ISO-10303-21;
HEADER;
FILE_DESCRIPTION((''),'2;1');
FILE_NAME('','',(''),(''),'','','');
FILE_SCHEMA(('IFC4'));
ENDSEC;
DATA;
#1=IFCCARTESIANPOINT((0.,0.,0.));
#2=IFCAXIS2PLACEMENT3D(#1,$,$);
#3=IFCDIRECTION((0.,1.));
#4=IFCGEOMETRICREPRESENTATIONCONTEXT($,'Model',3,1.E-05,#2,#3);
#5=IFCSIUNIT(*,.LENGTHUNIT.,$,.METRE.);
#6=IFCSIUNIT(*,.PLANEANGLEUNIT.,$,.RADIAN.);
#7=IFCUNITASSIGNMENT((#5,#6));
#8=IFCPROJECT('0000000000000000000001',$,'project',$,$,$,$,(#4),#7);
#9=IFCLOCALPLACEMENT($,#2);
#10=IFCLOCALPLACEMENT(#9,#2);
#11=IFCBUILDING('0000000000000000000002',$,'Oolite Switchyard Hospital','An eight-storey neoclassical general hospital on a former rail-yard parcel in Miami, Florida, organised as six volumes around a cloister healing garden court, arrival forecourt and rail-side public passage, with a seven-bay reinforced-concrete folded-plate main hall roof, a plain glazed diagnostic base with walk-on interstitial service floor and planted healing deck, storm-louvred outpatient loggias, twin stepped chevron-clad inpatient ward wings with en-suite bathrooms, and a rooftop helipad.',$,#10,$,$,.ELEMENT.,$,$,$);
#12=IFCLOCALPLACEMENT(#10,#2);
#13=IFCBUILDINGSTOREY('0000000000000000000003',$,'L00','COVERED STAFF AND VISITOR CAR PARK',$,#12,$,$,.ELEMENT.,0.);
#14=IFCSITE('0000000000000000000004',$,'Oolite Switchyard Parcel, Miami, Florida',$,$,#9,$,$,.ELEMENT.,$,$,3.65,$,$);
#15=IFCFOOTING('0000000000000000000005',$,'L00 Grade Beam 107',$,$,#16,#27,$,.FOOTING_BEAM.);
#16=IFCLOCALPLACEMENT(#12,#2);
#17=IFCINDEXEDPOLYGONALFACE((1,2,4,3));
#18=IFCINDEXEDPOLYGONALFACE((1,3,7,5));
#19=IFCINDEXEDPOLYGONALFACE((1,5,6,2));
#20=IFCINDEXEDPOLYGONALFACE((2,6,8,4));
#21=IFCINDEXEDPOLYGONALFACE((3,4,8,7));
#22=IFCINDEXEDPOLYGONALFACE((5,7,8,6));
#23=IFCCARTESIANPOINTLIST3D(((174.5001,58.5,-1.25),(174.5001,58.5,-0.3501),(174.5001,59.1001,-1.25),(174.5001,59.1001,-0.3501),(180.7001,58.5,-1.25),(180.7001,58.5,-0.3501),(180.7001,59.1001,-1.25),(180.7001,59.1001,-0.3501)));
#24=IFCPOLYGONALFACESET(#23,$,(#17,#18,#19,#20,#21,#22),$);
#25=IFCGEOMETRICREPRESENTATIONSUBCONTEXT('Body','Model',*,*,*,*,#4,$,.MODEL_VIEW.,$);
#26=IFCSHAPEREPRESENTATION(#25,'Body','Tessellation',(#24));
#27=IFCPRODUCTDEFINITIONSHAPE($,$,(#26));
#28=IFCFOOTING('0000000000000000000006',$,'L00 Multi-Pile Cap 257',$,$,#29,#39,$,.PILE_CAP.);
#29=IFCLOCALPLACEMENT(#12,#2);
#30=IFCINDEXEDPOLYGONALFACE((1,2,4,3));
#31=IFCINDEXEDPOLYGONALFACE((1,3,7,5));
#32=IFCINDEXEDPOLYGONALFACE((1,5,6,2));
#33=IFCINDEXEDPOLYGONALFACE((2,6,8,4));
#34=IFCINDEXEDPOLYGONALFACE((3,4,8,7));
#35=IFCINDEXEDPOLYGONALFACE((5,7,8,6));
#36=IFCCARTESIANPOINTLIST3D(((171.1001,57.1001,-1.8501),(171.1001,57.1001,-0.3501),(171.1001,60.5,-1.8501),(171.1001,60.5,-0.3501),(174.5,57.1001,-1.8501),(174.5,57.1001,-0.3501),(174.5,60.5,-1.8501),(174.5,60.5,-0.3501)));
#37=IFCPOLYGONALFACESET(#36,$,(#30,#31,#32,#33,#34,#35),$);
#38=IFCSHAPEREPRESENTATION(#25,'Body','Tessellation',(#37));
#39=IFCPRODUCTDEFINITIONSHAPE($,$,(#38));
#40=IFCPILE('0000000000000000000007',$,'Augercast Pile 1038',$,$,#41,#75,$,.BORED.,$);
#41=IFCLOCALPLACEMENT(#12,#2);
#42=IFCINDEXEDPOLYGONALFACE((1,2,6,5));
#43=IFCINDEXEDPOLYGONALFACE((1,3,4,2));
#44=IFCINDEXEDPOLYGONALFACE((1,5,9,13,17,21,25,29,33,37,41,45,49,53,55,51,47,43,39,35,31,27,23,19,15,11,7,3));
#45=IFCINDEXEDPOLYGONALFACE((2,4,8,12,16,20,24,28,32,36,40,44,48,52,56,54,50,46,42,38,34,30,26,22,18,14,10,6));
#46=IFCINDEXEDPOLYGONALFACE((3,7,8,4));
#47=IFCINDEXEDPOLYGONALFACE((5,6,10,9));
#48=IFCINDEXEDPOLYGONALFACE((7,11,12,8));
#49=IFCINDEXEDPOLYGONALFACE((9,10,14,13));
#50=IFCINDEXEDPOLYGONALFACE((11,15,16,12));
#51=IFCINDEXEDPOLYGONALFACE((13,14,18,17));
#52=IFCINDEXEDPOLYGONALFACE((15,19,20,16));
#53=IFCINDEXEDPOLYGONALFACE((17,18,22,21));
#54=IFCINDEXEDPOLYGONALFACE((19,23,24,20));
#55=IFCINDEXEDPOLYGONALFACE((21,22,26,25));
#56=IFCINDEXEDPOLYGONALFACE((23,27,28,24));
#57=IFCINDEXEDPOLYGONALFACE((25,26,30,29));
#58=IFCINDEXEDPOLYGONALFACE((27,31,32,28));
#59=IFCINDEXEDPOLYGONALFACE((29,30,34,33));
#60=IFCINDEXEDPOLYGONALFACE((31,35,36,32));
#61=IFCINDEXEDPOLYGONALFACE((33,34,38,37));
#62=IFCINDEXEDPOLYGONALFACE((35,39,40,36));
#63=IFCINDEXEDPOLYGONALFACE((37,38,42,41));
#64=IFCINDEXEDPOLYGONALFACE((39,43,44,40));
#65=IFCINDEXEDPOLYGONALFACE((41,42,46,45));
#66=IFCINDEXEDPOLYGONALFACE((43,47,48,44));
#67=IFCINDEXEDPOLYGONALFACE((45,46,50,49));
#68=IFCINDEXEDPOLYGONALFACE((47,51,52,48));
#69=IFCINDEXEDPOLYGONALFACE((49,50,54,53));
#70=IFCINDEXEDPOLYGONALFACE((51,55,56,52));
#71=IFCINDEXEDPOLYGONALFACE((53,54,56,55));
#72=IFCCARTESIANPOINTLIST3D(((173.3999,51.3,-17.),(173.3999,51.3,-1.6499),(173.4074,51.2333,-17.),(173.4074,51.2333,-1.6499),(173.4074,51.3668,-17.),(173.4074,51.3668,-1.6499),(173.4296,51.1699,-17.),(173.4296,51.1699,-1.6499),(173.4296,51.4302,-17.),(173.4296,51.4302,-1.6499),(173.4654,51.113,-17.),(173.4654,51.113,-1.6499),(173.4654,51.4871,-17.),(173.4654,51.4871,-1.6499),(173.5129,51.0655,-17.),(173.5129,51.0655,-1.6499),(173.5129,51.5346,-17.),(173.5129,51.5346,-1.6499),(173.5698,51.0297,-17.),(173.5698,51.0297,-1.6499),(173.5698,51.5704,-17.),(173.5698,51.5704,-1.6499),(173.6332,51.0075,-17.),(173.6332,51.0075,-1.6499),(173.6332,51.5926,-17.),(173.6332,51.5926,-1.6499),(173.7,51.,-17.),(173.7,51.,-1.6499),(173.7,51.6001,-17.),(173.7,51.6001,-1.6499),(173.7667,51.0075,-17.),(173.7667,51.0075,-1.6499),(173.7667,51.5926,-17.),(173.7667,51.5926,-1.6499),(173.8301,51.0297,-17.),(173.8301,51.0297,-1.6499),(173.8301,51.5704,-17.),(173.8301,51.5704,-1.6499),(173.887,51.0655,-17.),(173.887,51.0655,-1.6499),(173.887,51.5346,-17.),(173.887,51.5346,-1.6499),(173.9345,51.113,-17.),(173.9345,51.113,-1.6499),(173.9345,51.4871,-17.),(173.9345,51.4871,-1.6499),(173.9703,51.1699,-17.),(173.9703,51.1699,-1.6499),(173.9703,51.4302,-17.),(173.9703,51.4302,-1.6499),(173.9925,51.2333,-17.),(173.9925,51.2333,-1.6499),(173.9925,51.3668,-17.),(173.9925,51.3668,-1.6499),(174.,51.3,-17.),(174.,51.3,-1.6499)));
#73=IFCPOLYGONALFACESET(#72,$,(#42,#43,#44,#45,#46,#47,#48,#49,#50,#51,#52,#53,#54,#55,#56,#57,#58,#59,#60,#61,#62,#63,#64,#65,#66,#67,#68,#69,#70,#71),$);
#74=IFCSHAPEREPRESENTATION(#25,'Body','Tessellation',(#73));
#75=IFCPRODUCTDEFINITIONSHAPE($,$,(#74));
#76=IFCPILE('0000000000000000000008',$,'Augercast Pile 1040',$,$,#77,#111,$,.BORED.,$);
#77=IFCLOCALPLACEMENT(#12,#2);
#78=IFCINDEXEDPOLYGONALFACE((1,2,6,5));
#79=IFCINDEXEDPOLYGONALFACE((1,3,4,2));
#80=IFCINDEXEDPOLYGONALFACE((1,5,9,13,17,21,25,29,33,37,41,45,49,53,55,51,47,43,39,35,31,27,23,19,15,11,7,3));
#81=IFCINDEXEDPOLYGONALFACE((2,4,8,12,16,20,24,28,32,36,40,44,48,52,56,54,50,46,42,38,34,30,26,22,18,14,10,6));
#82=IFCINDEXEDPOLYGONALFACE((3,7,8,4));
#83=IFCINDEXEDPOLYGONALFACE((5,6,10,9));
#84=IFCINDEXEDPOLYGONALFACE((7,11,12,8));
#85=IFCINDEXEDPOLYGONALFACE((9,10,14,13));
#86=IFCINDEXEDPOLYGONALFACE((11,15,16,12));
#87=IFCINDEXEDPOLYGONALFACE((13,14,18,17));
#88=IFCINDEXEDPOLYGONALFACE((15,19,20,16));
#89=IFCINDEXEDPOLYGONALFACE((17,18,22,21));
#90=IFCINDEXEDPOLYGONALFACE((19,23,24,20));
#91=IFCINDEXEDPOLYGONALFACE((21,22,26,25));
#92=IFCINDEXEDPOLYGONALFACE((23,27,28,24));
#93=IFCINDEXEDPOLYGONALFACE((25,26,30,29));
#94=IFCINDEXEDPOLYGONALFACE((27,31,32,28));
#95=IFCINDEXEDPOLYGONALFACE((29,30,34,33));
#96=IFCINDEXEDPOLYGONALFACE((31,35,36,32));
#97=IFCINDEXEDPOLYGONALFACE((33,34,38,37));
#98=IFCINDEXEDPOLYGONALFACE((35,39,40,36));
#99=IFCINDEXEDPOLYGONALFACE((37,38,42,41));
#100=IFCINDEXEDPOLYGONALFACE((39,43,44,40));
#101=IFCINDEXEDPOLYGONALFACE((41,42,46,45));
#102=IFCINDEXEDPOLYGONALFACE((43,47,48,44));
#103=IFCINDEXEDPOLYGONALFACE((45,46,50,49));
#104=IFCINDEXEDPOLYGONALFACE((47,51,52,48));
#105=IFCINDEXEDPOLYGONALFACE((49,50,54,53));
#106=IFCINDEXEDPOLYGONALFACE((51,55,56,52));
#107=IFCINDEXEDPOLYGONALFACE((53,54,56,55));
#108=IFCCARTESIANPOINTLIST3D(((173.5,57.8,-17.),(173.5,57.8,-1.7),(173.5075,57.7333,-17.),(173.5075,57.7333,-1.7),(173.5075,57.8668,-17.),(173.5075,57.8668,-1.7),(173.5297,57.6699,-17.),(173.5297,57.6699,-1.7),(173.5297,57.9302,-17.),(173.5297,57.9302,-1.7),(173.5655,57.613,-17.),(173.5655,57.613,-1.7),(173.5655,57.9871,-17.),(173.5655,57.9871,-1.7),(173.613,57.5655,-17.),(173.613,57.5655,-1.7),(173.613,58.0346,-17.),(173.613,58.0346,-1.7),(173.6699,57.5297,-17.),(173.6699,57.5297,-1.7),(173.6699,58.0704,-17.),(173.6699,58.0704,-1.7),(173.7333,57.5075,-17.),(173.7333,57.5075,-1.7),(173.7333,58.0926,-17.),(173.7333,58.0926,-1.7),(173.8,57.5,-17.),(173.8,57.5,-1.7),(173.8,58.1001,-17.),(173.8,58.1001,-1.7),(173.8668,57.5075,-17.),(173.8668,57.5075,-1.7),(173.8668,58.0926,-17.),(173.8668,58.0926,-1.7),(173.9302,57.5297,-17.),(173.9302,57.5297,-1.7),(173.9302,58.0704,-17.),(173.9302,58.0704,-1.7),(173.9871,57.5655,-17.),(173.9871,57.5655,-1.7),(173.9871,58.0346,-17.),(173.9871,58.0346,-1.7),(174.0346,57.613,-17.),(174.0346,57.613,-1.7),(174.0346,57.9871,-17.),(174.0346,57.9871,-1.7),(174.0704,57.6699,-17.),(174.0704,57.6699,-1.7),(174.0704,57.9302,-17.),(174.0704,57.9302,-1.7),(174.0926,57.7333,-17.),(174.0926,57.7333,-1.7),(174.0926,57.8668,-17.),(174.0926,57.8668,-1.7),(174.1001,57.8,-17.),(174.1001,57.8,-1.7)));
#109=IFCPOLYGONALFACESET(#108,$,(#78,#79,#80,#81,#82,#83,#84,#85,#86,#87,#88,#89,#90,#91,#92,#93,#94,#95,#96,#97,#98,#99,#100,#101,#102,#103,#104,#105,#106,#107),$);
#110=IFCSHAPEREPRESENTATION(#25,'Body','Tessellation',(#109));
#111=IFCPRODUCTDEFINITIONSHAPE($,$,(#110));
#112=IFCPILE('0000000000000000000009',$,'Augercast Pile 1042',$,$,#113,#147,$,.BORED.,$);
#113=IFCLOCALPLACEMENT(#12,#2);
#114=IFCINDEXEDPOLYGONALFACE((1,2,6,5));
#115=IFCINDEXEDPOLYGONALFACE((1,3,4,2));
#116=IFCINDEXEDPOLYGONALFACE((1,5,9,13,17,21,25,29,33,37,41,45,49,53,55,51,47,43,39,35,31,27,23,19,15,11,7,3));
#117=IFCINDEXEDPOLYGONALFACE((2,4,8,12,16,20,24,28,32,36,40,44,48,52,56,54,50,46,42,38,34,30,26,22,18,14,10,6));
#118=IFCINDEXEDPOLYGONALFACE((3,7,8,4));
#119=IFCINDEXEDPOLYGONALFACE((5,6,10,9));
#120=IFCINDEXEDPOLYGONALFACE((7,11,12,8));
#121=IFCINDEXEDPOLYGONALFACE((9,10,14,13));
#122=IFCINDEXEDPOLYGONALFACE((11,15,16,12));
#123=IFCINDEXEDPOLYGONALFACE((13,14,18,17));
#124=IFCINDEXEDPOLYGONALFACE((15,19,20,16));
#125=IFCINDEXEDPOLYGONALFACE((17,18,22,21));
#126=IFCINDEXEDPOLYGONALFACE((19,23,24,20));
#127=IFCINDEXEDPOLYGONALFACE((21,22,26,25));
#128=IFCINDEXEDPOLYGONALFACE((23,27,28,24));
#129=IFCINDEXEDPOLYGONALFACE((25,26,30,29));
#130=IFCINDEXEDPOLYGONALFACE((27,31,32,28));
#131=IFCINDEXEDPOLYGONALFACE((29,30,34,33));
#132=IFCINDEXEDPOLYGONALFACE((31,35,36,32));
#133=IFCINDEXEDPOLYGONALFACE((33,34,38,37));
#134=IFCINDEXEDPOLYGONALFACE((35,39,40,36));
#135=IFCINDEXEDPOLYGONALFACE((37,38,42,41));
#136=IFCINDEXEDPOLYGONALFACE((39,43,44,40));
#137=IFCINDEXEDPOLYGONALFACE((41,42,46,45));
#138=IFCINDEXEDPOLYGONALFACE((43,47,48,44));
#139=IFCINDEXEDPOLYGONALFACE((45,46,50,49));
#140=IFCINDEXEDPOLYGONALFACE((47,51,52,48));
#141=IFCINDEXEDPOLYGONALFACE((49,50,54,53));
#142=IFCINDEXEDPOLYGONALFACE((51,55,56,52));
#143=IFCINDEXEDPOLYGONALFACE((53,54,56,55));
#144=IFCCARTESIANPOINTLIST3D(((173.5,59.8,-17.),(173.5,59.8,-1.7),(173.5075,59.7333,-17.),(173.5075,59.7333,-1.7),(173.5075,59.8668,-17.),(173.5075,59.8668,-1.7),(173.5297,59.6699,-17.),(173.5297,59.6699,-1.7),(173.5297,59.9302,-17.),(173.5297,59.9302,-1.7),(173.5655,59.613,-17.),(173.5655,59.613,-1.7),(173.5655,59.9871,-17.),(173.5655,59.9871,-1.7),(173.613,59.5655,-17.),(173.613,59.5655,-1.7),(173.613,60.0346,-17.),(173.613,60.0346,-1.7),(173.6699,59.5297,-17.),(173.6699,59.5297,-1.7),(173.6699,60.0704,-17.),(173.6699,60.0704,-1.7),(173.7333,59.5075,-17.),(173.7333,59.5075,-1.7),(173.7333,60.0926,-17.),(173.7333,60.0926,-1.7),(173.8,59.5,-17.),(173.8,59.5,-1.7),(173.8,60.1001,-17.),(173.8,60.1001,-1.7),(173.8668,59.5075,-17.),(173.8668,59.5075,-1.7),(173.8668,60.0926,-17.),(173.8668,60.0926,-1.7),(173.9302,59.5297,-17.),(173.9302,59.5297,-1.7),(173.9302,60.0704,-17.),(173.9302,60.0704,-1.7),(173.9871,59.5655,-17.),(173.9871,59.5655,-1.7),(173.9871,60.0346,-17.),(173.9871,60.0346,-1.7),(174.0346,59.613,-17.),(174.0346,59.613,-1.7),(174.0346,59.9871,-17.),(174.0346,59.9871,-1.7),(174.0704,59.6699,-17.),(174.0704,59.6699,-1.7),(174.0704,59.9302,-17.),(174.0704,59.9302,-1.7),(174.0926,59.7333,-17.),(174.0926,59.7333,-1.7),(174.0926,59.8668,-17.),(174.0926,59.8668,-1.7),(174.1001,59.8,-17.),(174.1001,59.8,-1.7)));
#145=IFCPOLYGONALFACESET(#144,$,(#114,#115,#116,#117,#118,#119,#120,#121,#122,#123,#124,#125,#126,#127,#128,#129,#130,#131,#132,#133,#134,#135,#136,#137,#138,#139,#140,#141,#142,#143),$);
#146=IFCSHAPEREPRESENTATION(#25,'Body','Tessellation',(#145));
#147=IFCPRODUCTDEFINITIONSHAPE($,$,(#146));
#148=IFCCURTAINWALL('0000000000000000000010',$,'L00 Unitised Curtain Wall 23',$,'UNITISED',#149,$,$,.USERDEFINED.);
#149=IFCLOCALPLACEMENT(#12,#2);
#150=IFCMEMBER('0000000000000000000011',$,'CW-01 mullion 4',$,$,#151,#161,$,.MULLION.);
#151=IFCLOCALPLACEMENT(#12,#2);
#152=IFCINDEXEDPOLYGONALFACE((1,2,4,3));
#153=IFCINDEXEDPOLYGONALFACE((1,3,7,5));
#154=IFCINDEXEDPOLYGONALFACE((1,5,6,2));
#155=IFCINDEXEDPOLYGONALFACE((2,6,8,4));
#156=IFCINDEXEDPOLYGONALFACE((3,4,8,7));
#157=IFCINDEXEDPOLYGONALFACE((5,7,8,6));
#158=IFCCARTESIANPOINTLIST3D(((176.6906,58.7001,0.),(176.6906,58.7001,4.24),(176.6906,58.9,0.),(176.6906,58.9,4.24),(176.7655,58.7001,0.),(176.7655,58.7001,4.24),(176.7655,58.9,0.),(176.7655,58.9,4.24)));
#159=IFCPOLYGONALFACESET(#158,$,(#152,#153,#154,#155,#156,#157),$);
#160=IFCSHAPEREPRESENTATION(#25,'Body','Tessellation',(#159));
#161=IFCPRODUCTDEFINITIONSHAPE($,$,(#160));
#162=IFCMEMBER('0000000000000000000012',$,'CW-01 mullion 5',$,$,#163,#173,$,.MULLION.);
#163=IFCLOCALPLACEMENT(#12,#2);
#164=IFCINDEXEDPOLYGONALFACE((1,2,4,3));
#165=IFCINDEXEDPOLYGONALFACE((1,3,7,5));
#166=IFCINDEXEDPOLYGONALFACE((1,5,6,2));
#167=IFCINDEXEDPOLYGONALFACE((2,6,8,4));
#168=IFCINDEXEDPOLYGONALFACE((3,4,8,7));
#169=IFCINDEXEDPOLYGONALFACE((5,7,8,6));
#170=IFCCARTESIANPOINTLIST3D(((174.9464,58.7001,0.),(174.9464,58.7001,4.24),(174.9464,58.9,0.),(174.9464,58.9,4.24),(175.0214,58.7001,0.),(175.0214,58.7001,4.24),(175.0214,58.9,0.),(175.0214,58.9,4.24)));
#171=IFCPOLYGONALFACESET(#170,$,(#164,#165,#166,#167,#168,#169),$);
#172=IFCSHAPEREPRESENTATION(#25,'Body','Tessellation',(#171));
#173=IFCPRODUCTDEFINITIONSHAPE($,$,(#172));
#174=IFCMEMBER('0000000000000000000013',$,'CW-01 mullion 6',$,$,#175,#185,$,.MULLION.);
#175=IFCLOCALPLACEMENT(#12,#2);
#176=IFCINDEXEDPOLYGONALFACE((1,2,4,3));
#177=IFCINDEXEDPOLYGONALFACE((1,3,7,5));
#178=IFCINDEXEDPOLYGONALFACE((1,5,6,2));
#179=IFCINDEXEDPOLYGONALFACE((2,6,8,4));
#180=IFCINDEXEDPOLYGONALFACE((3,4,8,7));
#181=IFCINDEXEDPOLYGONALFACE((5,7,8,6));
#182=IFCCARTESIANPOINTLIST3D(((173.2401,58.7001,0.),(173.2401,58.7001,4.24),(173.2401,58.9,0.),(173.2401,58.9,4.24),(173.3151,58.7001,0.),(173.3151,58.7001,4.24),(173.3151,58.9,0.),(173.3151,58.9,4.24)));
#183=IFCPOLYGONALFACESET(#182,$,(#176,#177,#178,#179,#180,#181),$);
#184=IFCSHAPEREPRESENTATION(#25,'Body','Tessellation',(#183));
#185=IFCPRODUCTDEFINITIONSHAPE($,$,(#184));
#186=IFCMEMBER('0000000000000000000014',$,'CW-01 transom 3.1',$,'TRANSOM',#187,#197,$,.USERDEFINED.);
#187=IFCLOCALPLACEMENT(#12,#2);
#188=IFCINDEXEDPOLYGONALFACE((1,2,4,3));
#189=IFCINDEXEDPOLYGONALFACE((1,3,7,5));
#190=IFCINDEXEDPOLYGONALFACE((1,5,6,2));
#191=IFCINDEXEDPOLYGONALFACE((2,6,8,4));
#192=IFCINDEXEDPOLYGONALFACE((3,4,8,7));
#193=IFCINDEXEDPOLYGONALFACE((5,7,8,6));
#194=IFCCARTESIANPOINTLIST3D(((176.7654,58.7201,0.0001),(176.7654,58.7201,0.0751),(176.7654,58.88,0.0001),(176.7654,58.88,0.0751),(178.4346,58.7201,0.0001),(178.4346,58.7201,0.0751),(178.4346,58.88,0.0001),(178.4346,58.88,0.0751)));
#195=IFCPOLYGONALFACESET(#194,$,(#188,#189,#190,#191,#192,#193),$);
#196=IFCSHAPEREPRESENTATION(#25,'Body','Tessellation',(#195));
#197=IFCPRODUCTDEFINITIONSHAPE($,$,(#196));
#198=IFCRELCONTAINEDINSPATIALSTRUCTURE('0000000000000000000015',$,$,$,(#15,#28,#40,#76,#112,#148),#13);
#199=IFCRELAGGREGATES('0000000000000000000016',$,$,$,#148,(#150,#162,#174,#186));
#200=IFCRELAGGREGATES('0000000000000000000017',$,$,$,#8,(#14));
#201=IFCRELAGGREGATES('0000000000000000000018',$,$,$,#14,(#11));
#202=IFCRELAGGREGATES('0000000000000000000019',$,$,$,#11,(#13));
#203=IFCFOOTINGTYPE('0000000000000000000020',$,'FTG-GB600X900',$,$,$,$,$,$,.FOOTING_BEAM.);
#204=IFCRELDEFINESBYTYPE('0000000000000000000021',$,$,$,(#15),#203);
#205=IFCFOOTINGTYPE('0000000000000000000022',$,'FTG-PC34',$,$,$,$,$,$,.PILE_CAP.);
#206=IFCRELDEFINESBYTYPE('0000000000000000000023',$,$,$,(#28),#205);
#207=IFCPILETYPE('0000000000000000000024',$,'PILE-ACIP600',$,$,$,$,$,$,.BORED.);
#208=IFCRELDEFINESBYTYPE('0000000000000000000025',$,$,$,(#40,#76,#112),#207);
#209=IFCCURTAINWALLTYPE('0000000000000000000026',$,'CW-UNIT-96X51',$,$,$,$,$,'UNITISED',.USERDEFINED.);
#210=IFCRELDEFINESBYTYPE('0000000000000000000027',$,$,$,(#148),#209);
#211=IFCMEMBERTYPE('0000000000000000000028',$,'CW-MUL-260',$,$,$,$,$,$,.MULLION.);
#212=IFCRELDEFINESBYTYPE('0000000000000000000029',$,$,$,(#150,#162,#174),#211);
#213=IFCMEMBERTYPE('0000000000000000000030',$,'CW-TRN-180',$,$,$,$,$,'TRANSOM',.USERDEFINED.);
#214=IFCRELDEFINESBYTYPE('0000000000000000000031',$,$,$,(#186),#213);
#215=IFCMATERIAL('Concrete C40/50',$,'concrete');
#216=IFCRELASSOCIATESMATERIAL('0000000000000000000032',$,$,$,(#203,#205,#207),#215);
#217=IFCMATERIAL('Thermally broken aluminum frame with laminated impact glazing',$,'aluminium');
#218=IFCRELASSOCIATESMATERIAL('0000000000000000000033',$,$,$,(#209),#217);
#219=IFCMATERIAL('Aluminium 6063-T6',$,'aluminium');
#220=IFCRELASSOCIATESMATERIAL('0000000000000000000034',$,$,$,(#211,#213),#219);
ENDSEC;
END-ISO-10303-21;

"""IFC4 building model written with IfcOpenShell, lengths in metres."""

from ifc_helpers import new_model, si_unit, direction, frame, origin, origin_2d, place, context, subcontext, project, spatial, rectangle, circle, extrude, material, material_profile, profile_set, type_object, element, aggregate, save


model = new_model("IFC4")

# Units and contexts
model_context = context("Model", 3, precision=1e-05, world=origin(), true_north=direction((0.0, 1.0)))
body_context = subcontext(model_context, "Body", "Model", "MODEL_VIEW")
ifc_project = project(units=[si_unit("LENGTHUNIT", "METRE"), si_unit("PLANEANGLEUNIT", "RADIAN")], contexts=[model_context])

# Site, building, storey
site_placement = place(None, origin())
site = spatial("IfcSite", under=ifc_project, at=site_placement, Name="Oolite Switchyard Parcel, Miami, Florida", CompositionType="ELEMENT", RefElevation=3.65)
building_placement = place(site_placement, origin())
building = spatial("IfcBuilding", under=site, at=building_placement, Name="Oolite Switchyard Hospital", Description="An eight-storey neoclassical general hospital on a former rail-yard parcel in Miami, Florida, organised as six volumes around a cloister healing garden court, arrival forecourt and rail-side public passage, with a seven-bay reinforced-concrete folded-plate main hall roof, a plain glazed diagnostic base with walk-on interstitial service floor and planted healing deck, storm-louvred outpatient loggias, twin stepped chevron-clad inpatient ward wings with en-suite bathrooms, and a rooftop helipad.", CompositionType="ELEMENT")
storey_placement = place(building_placement, origin())
storey = spatial("IfcBuildingStorey", under=building, at=storey_placement, Name="L00", Description="COVERED STAFF AND VISITOR CAR PARK", CompositionType="ELEMENT", Elevation=0.0)

# Footings
ifc_material_1 = material(Name="Concrete C40/50", Category="concrete")
footing_type_1 = type_object("IfcFootingType", Name="FTG-GB600X900", PredefinedType="FOOTING_BEAM", material=ifc_material_1)
footing_1_placement = place(storey_placement, frame((177.6001, 58.8, -1.25), z_axis=(0.0, 0.0, 1.0), x_axis=(1.0, 0.0, 0.0)))
element("IfcFooting", 1, at=footing_1_placement, inside=storey, type_object=footing_type_1, Name="L00 Grade Beam 107", PredefinedType="FOOTING_BEAM", context=body_context, shape_type="SweptSolid", body=[
    extrude(rectangle(XDim=6.2, YDim=0.6001, at=origin_2d()), origin(), (0.0, 0.0, 1.0), 0.8999),
])
footing_type_2 = type_object("IfcFootingType", Name="FTG-PC34", PredefinedType="PILE_CAP", material=ifc_material_1)
footing_2_placement = place(storey_placement, frame((172.8, 58.8, -1.8501), z_axis=(0.0, 0.0, 1.0), x_axis=(1.0, 0.0, 0.0)))
element("IfcFooting", 2, at=footing_2_placement, inside=storey, type_object=footing_type_2, Name="L00 Multi-Pile Cap 257", PredefinedType="PILE_CAP", context=body_context, shape_type="SweptSolid", body=[
    extrude(rectangle(XDim=3.3999, YDim=3.3999, at=origin_2d()), origin(), (0.0, 0.0, 1.0), 1.5),
])

# Piles
ifc_material_profile_1 = material_profile(ifc_material_1, circle(Radius=0.3, at=origin_2d()), Name="PILE600")
ifc_profile_set_1 = profile_set([ifc_material_profile_1], Name="Concrete C40/50")
pile_type = type_object("IfcPileType", Name="PILE-ACIP600", PredefinedType="BORED", material=ifc_profile_set_1)
pile_placement = place(storey_placement, frame((173.7, 51.3, -1.6499), z_axis=(0.0, 0.0, -1.0), x_axis=(1.0, 0.0, 0.0)))
element("IfcPile", 3, at=pile_placement, inside=storey, type_object=pile_type, Name="Augercast Pile 1038", PredefinedType="BORED", context=body_context, shape_type="SweptSolid", body=[
    extrude(circle(Radius=0.3, at=origin_2d()), origin(), (0.0, 0.0, 1.0), 15.3501),
])
for number, where, z_axis, x_axis, name in (
    (4, (173.8, 57.8, -1.7), (0.0, 0.0, -1.0), (1.0, 0.0, 0.0), "Augercast Pile 1040"),
    (5, (173.8, 59.8, -1.7), (0.0, 0.0, -1.0), (1.0, 0.0, 0.0), "Augercast Pile 1042"),
):
    element("IfcPile", number, at=place(storey_placement, frame(where, z_axis=z_axis, x_axis=x_axis)), inside=storey, type_object=pile_type, Name=name, PredefinedType="BORED", context=body_context, shape_type="SweptSolid", body=[
        extrude(circle(Radius=0.3, at=origin_2d()), origin(), (0.0, 0.0, 1.0), 15.3),
    ])

# Curtain wall, members
ifc_material_2 = material(Name="Thermally broken aluminum frame with laminated impact glazing", Category="aluminium")
curtain_wall_type = type_object("IfcCurtainWallType", Name="CW-UNIT-96X51", ElementType="UNITISED", PredefinedType="USERDEFINED", material=ifc_material_2)
curtain_wall_placement = place(storey_placement, origin())
curtain_wall = element("IfcCurtainWall", 6, at=curtain_wall_placement, inside=storey, type_object=curtain_wall_type, Name="L00 Unitised Curtain Wall 23", ObjectType="UNITISED", PredefinedType="USERDEFINED")
ifc_material_3 = material(Name="Aluminium 6063-T6", Category="aluminium")
ifc_material_profile_2 = material_profile(ifc_material_3, rectangle(XDim=0.2, YDim=0.075, at=origin_2d()), Name="CWM75X200")
ifc_profile_set_2 = profile_set([ifc_material_profile_2], Name="Aluminium 6063-T6")
member_type_1 = type_object("IfcMemberType", Name="CW-MUL-260", PredefinedType="MULLION", material=ifc_profile_set_2)
member_1_placement = place(storey_placement, frame((176.728, 58.8, 0.0), z_axis=(0.0, 0.0, 1.0), x_axis=(0.0, -1.0, 0.0)))
member_1 = element("IfcMember", 7, at=member_1_placement, type_object=member_type_1, Name="CW-01 mullion 4", PredefinedType="MULLION", context=body_context, shape_type="SweptSolid", body=[
    extrude(rectangle(XDim=0.2, YDim=0.075, at=origin_2d()), origin(), (0.0, 0.0, 1.0), 4.24),
])
member_2_placement = place(storey_placement, frame((174.9839, 58.8, 0.0), z_axis=(0.0, 0.0, 1.0), x_axis=(0.0, -1.0, 0.0)))
member_2 = element("IfcMember", 8, at=member_2_placement, type_object=member_type_1, Name="CW-01 mullion 5", PredefinedType="MULLION", context=body_context, shape_type="SweptSolid", body=[
    extrude(rectangle(XDim=0.2, YDim=0.075, at=origin_2d()), origin(), (0.0, 0.0, 1.0), 4.24),
])
member_3_placement = place(storey_placement, frame((173.2776, 58.8, 0.0), z_axis=(0.0, 0.0, 1.0), x_axis=(0.0, -1.0, 0.0)))
member_3 = element("IfcMember", 9, at=member_3_placement, type_object=member_type_1, Name="CW-01 mullion 6", PredefinedType="MULLION", context=body_context, shape_type="SweptSolid", body=[
    extrude(rectangle(XDim=0.2, YDim=0.075, at=origin_2d()), origin(), (0.0, 0.0, 1.0), 4.24),
])
ifc_material_profile_3 = material_profile(ifc_material_3, rectangle(XDim=0.1599, YDim=0.075, at=origin_2d()), Name="CWT75X160")
ifc_profile_set_3 = profile_set([ifc_material_profile_3], Name="Aluminium 6063-T6")
member_type_2 = type_object("IfcMemberType", Name="CW-TRN-180", ElementType="TRANSOM", PredefinedType="USERDEFINED", material=ifc_profile_set_3)
member_4_placement = place(storey_placement, frame((178.4346, 58.8, 0.0376), z_axis=(-1.0, 0.0, 0.0), x_axis=(0.0, -1.0, 0.0)))
member_4 = element("IfcMember", 10, at=member_4_placement, type_object=member_type_2, Name="CW-01 transom 3.1", ObjectType="TRANSOM", PredefinedType="USERDEFINED", context=body_context, shape_type="SweptSolid", body=[
    extrude(rectangle(XDim=0.1599, YDim=0.075, at=origin_2d()), origin(), (0.0, 0.0, 1.0), 1.6692),
])
aggregate(curtain_wall, [member_1, member_2, member_3, member_4])

save(model, "model.ifc")
